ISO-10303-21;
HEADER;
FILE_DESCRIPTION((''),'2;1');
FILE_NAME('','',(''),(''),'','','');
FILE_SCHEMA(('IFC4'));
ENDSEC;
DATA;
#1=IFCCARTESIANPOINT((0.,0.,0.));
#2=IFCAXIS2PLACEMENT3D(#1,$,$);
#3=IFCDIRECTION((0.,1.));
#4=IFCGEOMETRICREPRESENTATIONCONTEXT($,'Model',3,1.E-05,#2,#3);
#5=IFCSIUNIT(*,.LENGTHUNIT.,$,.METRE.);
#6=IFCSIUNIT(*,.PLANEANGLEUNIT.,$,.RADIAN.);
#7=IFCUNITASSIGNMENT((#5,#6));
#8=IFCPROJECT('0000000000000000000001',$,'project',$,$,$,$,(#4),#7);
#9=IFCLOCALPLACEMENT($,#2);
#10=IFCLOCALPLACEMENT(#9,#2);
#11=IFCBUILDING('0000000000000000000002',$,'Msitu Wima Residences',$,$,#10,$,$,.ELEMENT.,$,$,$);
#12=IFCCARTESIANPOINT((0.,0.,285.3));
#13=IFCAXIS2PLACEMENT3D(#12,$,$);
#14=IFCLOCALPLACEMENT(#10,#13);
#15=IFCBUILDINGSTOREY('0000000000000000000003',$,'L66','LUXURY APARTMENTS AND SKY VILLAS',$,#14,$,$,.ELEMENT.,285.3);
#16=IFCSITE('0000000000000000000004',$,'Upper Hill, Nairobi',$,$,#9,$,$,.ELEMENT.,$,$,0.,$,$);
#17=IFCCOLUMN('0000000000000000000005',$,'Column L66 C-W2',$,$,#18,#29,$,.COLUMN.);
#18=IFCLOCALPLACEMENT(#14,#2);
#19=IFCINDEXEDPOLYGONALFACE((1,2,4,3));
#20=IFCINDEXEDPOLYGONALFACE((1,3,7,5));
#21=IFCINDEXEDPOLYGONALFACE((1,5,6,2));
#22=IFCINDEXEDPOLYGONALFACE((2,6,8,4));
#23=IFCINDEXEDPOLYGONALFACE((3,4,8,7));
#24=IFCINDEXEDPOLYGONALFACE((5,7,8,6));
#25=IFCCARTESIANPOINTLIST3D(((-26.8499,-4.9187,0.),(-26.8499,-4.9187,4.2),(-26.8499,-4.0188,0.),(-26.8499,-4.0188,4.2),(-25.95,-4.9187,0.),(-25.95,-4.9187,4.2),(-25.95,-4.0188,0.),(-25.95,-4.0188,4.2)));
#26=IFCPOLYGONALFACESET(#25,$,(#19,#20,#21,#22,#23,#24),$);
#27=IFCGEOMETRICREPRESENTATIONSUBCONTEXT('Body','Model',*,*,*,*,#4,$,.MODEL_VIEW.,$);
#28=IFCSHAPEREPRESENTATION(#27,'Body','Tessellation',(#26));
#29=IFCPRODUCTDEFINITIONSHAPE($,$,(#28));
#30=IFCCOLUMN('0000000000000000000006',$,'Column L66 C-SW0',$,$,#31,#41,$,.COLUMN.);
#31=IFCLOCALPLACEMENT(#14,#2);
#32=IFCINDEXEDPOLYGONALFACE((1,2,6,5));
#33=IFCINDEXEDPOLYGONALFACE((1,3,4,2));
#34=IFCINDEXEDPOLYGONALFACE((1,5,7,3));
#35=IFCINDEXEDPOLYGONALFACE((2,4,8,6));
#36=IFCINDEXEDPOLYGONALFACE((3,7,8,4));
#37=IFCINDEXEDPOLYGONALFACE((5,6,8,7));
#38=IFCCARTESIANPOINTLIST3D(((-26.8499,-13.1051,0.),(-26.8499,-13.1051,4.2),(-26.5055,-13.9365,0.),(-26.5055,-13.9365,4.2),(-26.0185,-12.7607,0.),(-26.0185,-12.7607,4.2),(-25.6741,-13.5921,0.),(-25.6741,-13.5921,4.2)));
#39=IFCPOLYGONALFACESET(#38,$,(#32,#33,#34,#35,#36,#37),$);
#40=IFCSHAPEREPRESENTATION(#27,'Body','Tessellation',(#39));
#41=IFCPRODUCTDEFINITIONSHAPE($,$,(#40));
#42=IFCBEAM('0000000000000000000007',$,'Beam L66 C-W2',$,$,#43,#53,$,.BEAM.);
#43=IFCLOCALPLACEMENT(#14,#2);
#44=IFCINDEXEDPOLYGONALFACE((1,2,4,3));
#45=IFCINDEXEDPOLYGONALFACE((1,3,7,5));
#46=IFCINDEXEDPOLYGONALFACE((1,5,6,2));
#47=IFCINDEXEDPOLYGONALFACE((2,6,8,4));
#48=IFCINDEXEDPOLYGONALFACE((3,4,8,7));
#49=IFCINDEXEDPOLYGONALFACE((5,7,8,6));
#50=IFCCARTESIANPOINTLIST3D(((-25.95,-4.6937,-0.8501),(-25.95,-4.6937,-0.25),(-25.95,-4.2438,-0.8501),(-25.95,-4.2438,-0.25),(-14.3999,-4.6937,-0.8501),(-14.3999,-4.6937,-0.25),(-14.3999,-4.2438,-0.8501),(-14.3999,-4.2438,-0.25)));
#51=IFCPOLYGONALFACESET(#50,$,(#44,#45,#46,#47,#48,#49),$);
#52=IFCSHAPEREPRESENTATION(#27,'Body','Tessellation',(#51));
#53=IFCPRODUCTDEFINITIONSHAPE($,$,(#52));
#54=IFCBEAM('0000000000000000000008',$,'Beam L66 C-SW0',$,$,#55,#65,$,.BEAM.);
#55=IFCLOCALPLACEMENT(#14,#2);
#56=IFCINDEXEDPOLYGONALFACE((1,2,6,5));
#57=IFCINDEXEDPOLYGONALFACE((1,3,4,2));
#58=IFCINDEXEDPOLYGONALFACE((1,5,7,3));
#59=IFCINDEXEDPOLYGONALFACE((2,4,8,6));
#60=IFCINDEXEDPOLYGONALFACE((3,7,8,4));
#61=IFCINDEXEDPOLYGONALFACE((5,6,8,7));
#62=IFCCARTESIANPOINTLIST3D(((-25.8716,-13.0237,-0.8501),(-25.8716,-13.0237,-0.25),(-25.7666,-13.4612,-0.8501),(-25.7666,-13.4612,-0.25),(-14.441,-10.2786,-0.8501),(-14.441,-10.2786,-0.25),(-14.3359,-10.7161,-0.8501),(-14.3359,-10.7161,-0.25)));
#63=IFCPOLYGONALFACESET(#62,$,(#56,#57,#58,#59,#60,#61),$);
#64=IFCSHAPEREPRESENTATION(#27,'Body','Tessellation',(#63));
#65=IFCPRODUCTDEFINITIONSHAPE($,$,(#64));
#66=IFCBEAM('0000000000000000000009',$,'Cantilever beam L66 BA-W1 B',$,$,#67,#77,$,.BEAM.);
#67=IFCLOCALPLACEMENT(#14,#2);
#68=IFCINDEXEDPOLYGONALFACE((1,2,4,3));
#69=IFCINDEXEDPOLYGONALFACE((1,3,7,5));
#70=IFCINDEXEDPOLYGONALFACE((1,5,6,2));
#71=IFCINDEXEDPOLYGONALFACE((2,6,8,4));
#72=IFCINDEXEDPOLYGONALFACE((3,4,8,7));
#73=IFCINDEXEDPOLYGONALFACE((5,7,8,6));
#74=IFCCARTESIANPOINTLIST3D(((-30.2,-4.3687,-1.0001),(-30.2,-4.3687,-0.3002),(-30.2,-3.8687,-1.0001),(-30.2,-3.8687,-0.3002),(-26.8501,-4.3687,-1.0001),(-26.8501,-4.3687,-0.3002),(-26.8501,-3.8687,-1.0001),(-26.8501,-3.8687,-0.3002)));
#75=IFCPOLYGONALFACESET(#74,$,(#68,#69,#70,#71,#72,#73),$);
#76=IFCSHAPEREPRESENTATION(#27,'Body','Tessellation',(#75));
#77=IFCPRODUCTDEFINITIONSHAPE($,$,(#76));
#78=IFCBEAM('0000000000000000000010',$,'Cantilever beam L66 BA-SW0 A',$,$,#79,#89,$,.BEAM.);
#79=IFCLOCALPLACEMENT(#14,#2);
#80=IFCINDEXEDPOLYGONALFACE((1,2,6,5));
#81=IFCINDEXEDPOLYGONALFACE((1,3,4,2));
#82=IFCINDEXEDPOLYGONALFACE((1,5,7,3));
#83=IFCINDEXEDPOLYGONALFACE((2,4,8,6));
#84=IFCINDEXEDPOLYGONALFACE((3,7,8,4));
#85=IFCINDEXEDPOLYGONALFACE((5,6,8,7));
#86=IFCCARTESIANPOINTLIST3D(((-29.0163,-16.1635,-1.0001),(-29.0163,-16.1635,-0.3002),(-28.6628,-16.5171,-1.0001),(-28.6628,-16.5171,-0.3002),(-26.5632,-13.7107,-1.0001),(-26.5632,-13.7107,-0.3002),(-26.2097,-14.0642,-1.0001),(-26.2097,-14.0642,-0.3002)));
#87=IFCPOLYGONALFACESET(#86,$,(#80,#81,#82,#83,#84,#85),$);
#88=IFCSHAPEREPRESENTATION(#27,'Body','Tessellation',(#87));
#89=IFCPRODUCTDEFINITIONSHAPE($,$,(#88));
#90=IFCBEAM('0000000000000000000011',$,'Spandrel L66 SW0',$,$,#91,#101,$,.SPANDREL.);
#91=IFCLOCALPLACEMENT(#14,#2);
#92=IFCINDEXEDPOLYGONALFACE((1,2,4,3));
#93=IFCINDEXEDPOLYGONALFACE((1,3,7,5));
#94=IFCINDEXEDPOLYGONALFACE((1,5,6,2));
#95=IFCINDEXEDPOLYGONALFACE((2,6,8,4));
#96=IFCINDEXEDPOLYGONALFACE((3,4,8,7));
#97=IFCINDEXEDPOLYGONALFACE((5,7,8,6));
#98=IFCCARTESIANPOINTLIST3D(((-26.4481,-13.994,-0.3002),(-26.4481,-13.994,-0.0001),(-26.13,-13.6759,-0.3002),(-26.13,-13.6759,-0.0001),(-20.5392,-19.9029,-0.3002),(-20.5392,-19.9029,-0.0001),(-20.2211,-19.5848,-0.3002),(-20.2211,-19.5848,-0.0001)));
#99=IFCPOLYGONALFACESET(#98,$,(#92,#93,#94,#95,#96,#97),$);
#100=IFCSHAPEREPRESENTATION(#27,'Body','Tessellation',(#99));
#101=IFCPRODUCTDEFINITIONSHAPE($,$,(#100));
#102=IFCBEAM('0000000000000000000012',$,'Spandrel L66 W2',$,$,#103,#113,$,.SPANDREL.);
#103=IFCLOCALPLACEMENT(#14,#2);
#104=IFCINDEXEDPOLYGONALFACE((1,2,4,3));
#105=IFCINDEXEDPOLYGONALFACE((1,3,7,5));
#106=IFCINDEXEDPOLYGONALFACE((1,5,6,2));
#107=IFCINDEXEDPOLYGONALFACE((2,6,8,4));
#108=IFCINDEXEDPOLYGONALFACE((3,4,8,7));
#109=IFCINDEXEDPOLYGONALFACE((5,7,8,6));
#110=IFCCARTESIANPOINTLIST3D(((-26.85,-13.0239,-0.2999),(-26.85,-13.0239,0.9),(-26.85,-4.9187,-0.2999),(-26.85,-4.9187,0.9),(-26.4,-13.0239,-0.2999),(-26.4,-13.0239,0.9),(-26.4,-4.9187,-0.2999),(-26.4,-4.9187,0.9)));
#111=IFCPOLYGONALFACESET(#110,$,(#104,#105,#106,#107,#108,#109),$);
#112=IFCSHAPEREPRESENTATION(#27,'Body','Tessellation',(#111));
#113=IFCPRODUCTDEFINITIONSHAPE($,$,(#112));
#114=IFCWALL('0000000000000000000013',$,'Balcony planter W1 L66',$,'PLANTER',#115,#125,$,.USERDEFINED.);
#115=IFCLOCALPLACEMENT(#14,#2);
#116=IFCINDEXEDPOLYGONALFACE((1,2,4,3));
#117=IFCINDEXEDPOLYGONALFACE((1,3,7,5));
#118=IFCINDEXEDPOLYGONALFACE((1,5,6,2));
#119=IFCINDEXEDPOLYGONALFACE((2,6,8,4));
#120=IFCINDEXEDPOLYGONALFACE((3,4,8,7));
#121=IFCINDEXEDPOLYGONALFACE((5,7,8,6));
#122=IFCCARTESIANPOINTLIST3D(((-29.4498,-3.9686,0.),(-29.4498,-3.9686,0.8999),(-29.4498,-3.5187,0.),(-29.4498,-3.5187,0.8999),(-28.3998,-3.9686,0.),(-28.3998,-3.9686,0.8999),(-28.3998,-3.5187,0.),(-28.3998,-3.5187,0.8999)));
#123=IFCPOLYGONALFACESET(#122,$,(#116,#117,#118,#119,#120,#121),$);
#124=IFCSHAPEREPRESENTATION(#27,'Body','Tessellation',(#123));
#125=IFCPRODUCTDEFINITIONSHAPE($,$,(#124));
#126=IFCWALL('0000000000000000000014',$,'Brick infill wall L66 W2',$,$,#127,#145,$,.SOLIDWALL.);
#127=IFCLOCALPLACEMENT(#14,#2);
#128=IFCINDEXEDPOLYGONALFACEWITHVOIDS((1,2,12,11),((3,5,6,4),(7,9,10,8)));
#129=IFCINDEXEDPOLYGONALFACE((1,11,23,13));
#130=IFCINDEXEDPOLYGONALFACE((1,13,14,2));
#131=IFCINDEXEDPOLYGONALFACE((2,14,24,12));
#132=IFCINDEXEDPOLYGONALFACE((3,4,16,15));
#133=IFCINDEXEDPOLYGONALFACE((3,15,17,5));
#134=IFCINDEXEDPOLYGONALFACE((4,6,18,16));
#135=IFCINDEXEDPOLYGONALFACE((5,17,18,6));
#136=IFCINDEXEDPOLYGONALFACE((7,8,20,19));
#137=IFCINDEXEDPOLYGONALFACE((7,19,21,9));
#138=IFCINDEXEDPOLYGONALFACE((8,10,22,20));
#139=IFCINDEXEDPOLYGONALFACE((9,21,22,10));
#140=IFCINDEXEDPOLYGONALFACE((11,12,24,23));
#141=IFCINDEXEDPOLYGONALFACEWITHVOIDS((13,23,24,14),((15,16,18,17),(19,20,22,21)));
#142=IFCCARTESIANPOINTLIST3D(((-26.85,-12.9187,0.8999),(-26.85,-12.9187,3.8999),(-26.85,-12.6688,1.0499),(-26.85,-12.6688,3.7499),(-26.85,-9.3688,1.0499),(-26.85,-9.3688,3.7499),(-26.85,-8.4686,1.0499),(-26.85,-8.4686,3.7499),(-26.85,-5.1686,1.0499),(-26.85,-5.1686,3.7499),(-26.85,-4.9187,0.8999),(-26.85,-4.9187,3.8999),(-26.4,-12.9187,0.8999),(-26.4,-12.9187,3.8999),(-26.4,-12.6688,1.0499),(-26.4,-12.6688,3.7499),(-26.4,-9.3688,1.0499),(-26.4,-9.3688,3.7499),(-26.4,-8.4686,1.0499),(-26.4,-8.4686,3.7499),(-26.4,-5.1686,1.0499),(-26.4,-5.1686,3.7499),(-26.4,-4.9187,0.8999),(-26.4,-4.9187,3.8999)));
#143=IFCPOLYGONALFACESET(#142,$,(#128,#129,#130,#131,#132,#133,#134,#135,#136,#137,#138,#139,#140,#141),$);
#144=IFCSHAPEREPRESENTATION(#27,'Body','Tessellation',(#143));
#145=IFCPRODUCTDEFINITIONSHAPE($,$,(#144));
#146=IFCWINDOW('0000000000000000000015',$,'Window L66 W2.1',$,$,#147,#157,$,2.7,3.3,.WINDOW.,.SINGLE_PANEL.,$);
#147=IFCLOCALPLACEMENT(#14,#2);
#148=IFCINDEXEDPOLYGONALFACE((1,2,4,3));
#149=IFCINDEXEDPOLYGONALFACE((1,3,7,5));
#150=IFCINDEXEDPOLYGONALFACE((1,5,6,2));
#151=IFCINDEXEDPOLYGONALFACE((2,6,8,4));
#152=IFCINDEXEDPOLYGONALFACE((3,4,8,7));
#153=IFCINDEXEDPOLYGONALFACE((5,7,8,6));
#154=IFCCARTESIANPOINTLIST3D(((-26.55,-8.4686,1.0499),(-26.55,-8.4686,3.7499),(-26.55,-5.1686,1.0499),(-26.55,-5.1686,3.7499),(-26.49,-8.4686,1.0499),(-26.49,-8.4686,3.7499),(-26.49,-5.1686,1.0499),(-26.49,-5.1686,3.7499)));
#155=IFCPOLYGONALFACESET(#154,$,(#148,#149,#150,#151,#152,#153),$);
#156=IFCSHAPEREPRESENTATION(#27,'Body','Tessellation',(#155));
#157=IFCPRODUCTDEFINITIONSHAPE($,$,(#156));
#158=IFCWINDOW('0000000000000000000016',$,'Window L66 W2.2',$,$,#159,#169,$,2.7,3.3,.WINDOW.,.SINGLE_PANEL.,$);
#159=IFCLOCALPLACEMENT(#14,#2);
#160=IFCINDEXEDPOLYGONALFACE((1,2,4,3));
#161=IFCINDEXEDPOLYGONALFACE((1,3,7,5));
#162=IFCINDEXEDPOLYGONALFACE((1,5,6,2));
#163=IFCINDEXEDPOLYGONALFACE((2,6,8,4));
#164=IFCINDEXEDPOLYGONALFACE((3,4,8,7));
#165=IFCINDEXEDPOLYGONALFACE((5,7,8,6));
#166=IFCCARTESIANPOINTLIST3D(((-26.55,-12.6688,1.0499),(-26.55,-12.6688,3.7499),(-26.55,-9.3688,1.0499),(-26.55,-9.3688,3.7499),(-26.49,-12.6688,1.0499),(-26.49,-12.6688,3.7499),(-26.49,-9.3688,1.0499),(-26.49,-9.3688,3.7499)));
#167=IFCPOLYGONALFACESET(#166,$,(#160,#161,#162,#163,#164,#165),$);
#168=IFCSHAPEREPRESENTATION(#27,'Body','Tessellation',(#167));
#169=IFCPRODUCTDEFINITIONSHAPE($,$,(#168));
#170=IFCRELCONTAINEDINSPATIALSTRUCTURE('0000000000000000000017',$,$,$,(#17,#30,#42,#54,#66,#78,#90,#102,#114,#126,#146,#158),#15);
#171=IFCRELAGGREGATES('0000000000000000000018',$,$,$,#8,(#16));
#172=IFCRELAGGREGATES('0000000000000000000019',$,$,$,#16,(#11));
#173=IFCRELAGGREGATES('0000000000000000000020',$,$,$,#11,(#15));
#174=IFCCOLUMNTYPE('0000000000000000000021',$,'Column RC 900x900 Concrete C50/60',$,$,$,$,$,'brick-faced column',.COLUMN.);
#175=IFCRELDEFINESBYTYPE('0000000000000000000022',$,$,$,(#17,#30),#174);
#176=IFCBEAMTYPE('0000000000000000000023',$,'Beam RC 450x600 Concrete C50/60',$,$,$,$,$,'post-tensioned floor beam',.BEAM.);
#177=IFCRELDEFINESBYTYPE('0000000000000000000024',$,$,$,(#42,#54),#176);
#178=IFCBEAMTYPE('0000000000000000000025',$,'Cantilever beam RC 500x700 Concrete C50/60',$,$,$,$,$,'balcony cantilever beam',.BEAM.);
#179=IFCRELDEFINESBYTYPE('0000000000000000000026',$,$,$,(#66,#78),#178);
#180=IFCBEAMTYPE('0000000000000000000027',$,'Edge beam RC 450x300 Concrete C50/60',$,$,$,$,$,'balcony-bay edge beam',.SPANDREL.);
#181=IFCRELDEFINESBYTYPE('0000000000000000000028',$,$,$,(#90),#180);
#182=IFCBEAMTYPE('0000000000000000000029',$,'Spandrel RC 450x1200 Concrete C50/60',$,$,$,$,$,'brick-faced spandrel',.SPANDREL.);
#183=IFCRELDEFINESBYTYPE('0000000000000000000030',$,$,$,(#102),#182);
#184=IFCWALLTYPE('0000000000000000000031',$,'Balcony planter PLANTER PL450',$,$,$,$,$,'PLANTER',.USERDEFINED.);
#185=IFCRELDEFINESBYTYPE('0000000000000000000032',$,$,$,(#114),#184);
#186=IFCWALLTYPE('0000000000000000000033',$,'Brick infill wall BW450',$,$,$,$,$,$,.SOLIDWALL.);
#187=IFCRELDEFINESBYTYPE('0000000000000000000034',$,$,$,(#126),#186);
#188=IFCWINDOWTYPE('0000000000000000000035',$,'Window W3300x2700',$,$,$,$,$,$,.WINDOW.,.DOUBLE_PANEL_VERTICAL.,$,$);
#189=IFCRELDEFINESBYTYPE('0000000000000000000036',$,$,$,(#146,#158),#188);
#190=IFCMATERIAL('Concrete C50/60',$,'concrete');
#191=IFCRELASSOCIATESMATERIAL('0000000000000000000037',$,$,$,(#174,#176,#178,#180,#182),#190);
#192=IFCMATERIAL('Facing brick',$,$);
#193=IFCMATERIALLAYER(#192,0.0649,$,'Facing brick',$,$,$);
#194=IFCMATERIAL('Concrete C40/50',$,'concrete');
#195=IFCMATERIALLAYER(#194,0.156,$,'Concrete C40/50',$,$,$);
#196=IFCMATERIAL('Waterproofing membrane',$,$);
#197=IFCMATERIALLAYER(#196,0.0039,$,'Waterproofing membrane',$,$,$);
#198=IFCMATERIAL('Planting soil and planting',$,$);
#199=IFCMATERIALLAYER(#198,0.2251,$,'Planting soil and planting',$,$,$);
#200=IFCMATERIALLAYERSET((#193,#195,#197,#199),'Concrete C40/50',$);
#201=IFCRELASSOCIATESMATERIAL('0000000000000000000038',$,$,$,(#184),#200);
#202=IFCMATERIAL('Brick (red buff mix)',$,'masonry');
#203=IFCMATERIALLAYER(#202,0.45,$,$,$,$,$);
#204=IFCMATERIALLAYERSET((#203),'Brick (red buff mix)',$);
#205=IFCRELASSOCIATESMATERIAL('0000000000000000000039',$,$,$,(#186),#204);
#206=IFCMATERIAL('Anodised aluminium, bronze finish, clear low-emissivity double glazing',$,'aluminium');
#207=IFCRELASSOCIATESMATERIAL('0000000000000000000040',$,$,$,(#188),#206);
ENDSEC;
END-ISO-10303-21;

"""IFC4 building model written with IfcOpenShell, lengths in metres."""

from ifc_helpers import new_model, si_unit, direction, frame, frame_2d, origin, origin_2d, place, context, subcontext, project, spatial, rectangle, extrude, material, layer, layer_set, material_profile, profile_set, type_object, element, fill, save


model = new_model("IFC4")

# Units and contexts
model_context = context("Model", 3, precision=1e-05, world=origin(), true_north=direction((0.0, 1.0)))
body_context = subcontext(model_context, "Body", "Model", "MODEL_VIEW")
ifc_project = project(units=[si_unit("LENGTHUNIT", "METRE"), si_unit("PLANEANGLEUNIT", "RADIAN")], contexts=[model_context])

# Site, building, storey
site_placement = place(None, origin())
site = spatial("IfcSite", under=ifc_project, at=site_placement, Name="Upper Hill, Nairobi", CompositionType="ELEMENT", RefElevation=0.0)
building_placement = place(site_placement, origin())
building = spatial("IfcBuilding", under=site, at=building_placement, Name="Msitu Wima Residences", CompositionType="ELEMENT")
storey_placement = place(building_placement, frame((0.0, 0.0, 285.3)))
storey = spatial("IfcBuildingStorey", under=building, at=storey_placement, Name="L66", Description="LUXURY APARTMENTS AND SKY VILLAS", CompositionType="ELEMENT", Elevation=285.3)

# Columns
ifc_material_1 = material(Name="Concrete C50/60", Category="concrete")
ifc_material_profile_1 = material_profile(ifc_material_1, rectangle(XDim=0.8999, YDim=0.8999, at=origin_2d()), Name="RC 900x900")
ifc_profile_set_1 = profile_set([ifc_material_profile_1], Name="Concrete C50/60")
column_type = type_object("IfcColumnType", Name="Column RC 900x900 Concrete C50/60", ElementType="brick-faced column", PredefinedType="COLUMN", material=ifc_profile_set_1)
for number, where, z_axis, x_axis, name in (
    (1, (-26.3999, -4.4688, 0.0), (0.0, 0.0, 1.0), (0.0, -1.0, 0.0), "Column L66 C-W2"),
    (2, (-26.262, -13.3486, 0.0), (0.0, 0.0, 1.0), (0.382683, -0.92388, 0.0), "Column L66 C-SW0"),
):
    element("IfcColumn", number, at=place(storey_placement, frame(where, z_axis=z_axis, x_axis=x_axis)), inside=storey, type_object=column_type, Name=name, PredefinedType="COLUMN", context=body_context, shape_type="SweptSolid", body=[
        extrude(rectangle(XDim=0.8999, YDim=0.8999, at=origin_2d()), origin(), (0.0, 0.0, 1.0), 4.2),
    ])

# Beams
ifc_material_profile_2 = material_profile(ifc_material_1, rectangle(XDim=0.45, YDim=0.6001, at=origin_2d()), Name="RC 450x600")
ifc_profile_set_2 = profile_set([ifc_material_profile_2], Name="Concrete C50/60")
beam_type_1 = type_object("IfcBeamType", Name="Beam RC 450x600 Concrete C50/60", ElementType="post-tensioned floor beam", PredefinedType="BEAM", material=ifc_profile_set_2)
beam_1_placement = place(storey_placement, frame((-25.95, -4.4688, -0.55), z_axis=(1.0, 0.0, 0.0), x_axis=(0.0, 1.0, 0.0)))
element("IfcBeam", 3, at=beam_1_placement, inside=storey, type_object=beam_type_1, Name="Beam L66 C-W2", PredefinedType="BEAM", context=body_context, shape_type="SweptSolid", body=[
    extrude(rectangle(XDim=0.45, YDim=0.6001, at=origin_2d()), origin(), (0.0, 0.0, 1.0), 11.55),
])
beam_2_placement = place(storey_placement, frame((-25.8191, -13.2424, -0.55), z_axis=(0.972353, 0.233514, 0.0), x_axis=(-0.233514, 0.972353, 0.0)))
element("IfcBeam", 4, at=beam_2_placement, inside=storey, type_object=beam_type_1, Name="Beam L66 C-SW0", PredefinedType="BEAM", context=body_context, shape_type="SweptSolid", body=[
    extrude(rectangle(XDim=0.45, YDim=0.6001, at=origin_2d()), origin(), (0.0, 0.0, 1.0), 11.7556),
])
ifc_material_profile_3 = material_profile(ifc_material_1, rectangle(XDim=0.5, YDim=0.7, at=origin_2d()), Name="RC 500x700")
ifc_profile_set_3 = profile_set([ifc_material_profile_3], Name="Concrete C50/60")
beam_type_2 = type_object("IfcBeamType", Name="Cantilever beam RC 500x700 Concrete C50/60", ElementType="balcony cantilever beam", PredefinedType="BEAM", material=ifc_profile_set_3)
beam_3_placement = place(storey_placement, frame((-26.8501, -4.1187, -0.6501), z_axis=(-1.0, 0.0, 0.0), x_axis=(0.0, -1.0, 0.0)))
element("IfcBeam", 5, at=beam_3_placement, inside=storey, type_object=beam_type_2, Name="Cantilever beam L66 BA-W1 B", PredefinedType="BEAM", context=body_context, shape_type="SweptSolid", body=[
    extrude(rectangle(XDim=0.5, YDim=0.7, at=origin_2d()), origin(), (0.0, 0.0, 1.0), 3.3499),
])
beam_4_placement = place(storey_placement, frame((-26.3865, -13.8875, -0.6501), z_axis=(-0.707142, -0.707072, 0.0), x_axis=(0.707072, -0.707142, 0.0)))
element("IfcBeam", 6, at=beam_4_placement, inside=storey, type_object=beam_type_2, Name="Cantilever beam L66 BA-SW0 A", PredefinedType="BEAM", context=body_context, shape_type="SweptSolid", body=[
    extrude(rectangle(XDim=0.5, YDim=0.7, at=origin_2d()), origin(), (0.0, 0.0, 1.0), 3.469),
])
ifc_material_profile_4 = material_profile(ifc_material_1, rectangle(XDim=0.45, YDim=0.3, at=origin_2d()), Name="RC 450x300")
ifc_profile_set_4 = profile_set([ifc_material_profile_4], Name="Concrete C50/60")
beam_type_3 = type_object("IfcBeamType", Name="Edge beam RC 450x300 Concrete C50/60", ElementType="balcony-bay edge beam", PredefinedType="SPANDREL", material=ifc_profile_set_4)
beam_5_placement = place(storey_placement, frame((-26.2891, -13.835, -0.1501), z_axis=(0.707107, -0.707107, 0.0), x_axis=(0.707107, 0.707107, 0.0)))
element("IfcBeam", 7, at=beam_5_placement, inside=storey, type_object=beam_type_3, Name="Spandrel L66 SW0", PredefinedType="SPANDREL", context=body_context, shape_type="SweptSolid", body=[
    extrude(rectangle(XDim=0.45, YDim=0.3, at=origin_2d()), origin(), (0.0, 0.0, 1.0), 8.3564),
])
ifc_material_profile_5 = material_profile(ifc_material_1, rectangle(XDim=0.45, YDim=1.2, at=origin_2d()), Name="RC 450x1200")
ifc_profile_set_5 = profile_set([ifc_material_profile_5], Name="Concrete C50/60")
beam_type_4 = type_object("IfcBeamType", Name="Spandrel RC 450x1200 Concrete C50/60", ElementType="brick-faced spandrel", PredefinedType="SPANDREL", material=ifc_profile_set_5)
beam_6_placement = place(storey_placement, frame((-26.625, -4.9187, 0.3), z_axis=(0.0, -1.0, 0.0), x_axis=(1.0, 0.0, 0.0)))
element("IfcBeam", 8, at=beam_6_placement, inside=storey, type_object=beam_type_4, Name="Spandrel L66 W2", PredefinedType="SPANDREL", context=body_context, shape_type="SweptSolid", body=[
    extrude(rectangle(XDim=0.45, YDim=1.2, at=origin_2d()), origin(), (0.0, 0.0, 1.0), 8.1052),
])

# Wall
ifc_material_2 = material(Name="Facing brick")
ifc_layer_1 = layer(ifc_material_2, 0.0649, Name="Facing brick")
ifc_material_3 = material(Name="Concrete C40/50", Category="concrete")
ifc_layer_2 = layer(ifc_material_3, 0.156, Name="Concrete C40/50")
ifc_material_4 = material(Name="Waterproofing membrane")
ifc_layer_3 = layer(ifc_material_4, 0.0039, Name="Waterproofing membrane")
ifc_material_5 = material(Name="Planting soil and planting")
ifc_layer_4 = layer(ifc_material_5, 0.2251, Name="Planting soil and planting")
ifc_layer_set_1 = layer_set([ifc_layer_1, ifc_layer_2, ifc_layer_3, ifc_layer_4], Name="Concrete C40/50")
wall_type_1 = type_object("IfcWallType", Name="Balcony planter PLANTER PL450", ElementType="PLANTER", PredefinedType="USERDEFINED", material=ifc_layer_set_1)
wall_1_placement = place(storey_placement, frame((-28.3999, -3.7437, 0.0), z_axis=(0.0, 0.0, 1.0), x_axis=(-1.0, 0.0, 0.0)))
element("IfcWall", 9, at=wall_1_placement, inside=storey, type_object=wall_type_1, Name="Balcony planter W1 L66", ObjectType="PLANTER", PredefinedType="USERDEFINED", context=body_context, shape_type="SweptSolid", body=[
    extrude(rectangle(XDim=1.05, YDim=0.45, at=frame_2d((0.5249, 0.0))), origin(), (0.0, 0.0, 1.0), 0.8999),
])

# Wall, openings, windows
ifc_material_6 = material(Name="Brick (red buff mix)", Category="masonry")
ifc_layer_5 = layer(ifc_material_6, 0.45)
ifc_layer_set_2 = layer_set([ifc_layer_5], Name="Brick (red buff mix)")
wall_type_2 = type_object("IfcWallType", Name="Brick infill wall BW450", PredefinedType="SOLIDWALL", material=ifc_layer_set_2)
wall_2_placement = place(storey_placement, frame((-26.625, -4.9187, 0.8999), z_axis=(0.0, 0.0, 1.0), x_axis=(0.0, -1.0, 0.0)))
wall_2 = element("IfcWall", 10, at=wall_2_placement, inside=storey, type_object=wall_type_2, Name="Brick infill wall L66 W2", PredefinedType="SOLIDWALL", context=body_context, shape_type="SweptSolid", body=[
    extrude(rectangle(XDim=8.0, YDim=0.45, at=frame_2d((4.0, 0.0))), origin(), (0.0, 0.0, 1.0), 3.0),
])
opening_1_placement = place(wall_2_placement, frame((0.25, 0.0, 0.1499)))
opening_1 = element("IfcOpeningElement", 11, at=opening_1_placement, cuts=wall_2, PredefinedType="OPENING", context=body_context, shape_type="SweptSolid", body=[
    extrude(rectangle(XDim=3.3, YDim=2.7, at=frame_2d((1.6499, 1.3501))), frame((0.0, 0.2349, 0.0), z_axis=(0.0, -1.0, 0.0), x_axis=(1.0, 0.0, 0.0)), (0.0, 0.0, 1.0), 0.47),
])
opening_2_placement = place(wall_2_placement, frame((4.4502, 0.0, 0.1499)))
opening_2 = element("IfcOpeningElement", 12, at=opening_2_placement, cuts=wall_2, PredefinedType="OPENING", context=body_context, shape_type="SweptSolid", body=[
    extrude(rectangle(XDim=3.3, YDim=2.7, at=frame_2d((1.6499, 1.3501))), frame((0.0, 0.2349, 0.0), z_axis=(0.0, -1.0, 0.0), x_axis=(1.0, 0.0, 0.0)), (0.0, 0.0, 1.0), 0.47),
])
ifc_material_7 = material(Name="Anodised aluminium, bronze finish, clear low-emissivity double glazing", Category="aluminium")
window_type = type_object("IfcWindowType", Name="Window W3300x2700", PartitioningType="DOUBLE_PANEL_VERTICAL", PredefinedType="WINDOW", material=ifc_material_7)
window_1_placement = place(opening_1_placement, origin())
window_1 = element("IfcWindow", 13, at=window_1_placement, inside=storey, type_object=window_type, Name="Window L66 W2.1", OverallHeight=2.7, OverallWidth=3.3, PartitioningType="SINGLE_PANEL", PredefinedType="WINDOW", context=body_context, shape_type="SweptSolid", body=[
    extrude(rectangle(XDim=3.3, YDim=2.7, at=frame_2d((1.6499, 1.3501))), frame((0.0, 0.135, 0.0), z_axis=(0.0, -1.0, 0.0), x_axis=(1.0, 0.0, 0.0)), (0.0, 0.0, 1.0), 0.0601),
])
fill(opening_1, window_1)
window_2_placement = place(opening_2_placement, origin())
window_2 = element("IfcWindow", 14, at=window_2_placement, inside=storey, type_object=window_type, Name="Window L66 W2.2", OverallHeight=2.7, OverallWidth=3.3, PartitioningType="SINGLE_PANEL", PredefinedType="WINDOW", context=body_context, shape_type="SweptSolid", body=[
    extrude(rectangle(XDim=3.3, YDim=2.7, at=frame_2d((1.6499, 1.3501))), frame((0.0, 0.135, 0.0), z_axis=(0.0, -1.0, 0.0), x_axis=(1.0, 0.0, 0.0)), (0.0, 0.0, 1.0), 0.0601),
])
fill(opening_2, window_2)

save(model, "model.ifc")
